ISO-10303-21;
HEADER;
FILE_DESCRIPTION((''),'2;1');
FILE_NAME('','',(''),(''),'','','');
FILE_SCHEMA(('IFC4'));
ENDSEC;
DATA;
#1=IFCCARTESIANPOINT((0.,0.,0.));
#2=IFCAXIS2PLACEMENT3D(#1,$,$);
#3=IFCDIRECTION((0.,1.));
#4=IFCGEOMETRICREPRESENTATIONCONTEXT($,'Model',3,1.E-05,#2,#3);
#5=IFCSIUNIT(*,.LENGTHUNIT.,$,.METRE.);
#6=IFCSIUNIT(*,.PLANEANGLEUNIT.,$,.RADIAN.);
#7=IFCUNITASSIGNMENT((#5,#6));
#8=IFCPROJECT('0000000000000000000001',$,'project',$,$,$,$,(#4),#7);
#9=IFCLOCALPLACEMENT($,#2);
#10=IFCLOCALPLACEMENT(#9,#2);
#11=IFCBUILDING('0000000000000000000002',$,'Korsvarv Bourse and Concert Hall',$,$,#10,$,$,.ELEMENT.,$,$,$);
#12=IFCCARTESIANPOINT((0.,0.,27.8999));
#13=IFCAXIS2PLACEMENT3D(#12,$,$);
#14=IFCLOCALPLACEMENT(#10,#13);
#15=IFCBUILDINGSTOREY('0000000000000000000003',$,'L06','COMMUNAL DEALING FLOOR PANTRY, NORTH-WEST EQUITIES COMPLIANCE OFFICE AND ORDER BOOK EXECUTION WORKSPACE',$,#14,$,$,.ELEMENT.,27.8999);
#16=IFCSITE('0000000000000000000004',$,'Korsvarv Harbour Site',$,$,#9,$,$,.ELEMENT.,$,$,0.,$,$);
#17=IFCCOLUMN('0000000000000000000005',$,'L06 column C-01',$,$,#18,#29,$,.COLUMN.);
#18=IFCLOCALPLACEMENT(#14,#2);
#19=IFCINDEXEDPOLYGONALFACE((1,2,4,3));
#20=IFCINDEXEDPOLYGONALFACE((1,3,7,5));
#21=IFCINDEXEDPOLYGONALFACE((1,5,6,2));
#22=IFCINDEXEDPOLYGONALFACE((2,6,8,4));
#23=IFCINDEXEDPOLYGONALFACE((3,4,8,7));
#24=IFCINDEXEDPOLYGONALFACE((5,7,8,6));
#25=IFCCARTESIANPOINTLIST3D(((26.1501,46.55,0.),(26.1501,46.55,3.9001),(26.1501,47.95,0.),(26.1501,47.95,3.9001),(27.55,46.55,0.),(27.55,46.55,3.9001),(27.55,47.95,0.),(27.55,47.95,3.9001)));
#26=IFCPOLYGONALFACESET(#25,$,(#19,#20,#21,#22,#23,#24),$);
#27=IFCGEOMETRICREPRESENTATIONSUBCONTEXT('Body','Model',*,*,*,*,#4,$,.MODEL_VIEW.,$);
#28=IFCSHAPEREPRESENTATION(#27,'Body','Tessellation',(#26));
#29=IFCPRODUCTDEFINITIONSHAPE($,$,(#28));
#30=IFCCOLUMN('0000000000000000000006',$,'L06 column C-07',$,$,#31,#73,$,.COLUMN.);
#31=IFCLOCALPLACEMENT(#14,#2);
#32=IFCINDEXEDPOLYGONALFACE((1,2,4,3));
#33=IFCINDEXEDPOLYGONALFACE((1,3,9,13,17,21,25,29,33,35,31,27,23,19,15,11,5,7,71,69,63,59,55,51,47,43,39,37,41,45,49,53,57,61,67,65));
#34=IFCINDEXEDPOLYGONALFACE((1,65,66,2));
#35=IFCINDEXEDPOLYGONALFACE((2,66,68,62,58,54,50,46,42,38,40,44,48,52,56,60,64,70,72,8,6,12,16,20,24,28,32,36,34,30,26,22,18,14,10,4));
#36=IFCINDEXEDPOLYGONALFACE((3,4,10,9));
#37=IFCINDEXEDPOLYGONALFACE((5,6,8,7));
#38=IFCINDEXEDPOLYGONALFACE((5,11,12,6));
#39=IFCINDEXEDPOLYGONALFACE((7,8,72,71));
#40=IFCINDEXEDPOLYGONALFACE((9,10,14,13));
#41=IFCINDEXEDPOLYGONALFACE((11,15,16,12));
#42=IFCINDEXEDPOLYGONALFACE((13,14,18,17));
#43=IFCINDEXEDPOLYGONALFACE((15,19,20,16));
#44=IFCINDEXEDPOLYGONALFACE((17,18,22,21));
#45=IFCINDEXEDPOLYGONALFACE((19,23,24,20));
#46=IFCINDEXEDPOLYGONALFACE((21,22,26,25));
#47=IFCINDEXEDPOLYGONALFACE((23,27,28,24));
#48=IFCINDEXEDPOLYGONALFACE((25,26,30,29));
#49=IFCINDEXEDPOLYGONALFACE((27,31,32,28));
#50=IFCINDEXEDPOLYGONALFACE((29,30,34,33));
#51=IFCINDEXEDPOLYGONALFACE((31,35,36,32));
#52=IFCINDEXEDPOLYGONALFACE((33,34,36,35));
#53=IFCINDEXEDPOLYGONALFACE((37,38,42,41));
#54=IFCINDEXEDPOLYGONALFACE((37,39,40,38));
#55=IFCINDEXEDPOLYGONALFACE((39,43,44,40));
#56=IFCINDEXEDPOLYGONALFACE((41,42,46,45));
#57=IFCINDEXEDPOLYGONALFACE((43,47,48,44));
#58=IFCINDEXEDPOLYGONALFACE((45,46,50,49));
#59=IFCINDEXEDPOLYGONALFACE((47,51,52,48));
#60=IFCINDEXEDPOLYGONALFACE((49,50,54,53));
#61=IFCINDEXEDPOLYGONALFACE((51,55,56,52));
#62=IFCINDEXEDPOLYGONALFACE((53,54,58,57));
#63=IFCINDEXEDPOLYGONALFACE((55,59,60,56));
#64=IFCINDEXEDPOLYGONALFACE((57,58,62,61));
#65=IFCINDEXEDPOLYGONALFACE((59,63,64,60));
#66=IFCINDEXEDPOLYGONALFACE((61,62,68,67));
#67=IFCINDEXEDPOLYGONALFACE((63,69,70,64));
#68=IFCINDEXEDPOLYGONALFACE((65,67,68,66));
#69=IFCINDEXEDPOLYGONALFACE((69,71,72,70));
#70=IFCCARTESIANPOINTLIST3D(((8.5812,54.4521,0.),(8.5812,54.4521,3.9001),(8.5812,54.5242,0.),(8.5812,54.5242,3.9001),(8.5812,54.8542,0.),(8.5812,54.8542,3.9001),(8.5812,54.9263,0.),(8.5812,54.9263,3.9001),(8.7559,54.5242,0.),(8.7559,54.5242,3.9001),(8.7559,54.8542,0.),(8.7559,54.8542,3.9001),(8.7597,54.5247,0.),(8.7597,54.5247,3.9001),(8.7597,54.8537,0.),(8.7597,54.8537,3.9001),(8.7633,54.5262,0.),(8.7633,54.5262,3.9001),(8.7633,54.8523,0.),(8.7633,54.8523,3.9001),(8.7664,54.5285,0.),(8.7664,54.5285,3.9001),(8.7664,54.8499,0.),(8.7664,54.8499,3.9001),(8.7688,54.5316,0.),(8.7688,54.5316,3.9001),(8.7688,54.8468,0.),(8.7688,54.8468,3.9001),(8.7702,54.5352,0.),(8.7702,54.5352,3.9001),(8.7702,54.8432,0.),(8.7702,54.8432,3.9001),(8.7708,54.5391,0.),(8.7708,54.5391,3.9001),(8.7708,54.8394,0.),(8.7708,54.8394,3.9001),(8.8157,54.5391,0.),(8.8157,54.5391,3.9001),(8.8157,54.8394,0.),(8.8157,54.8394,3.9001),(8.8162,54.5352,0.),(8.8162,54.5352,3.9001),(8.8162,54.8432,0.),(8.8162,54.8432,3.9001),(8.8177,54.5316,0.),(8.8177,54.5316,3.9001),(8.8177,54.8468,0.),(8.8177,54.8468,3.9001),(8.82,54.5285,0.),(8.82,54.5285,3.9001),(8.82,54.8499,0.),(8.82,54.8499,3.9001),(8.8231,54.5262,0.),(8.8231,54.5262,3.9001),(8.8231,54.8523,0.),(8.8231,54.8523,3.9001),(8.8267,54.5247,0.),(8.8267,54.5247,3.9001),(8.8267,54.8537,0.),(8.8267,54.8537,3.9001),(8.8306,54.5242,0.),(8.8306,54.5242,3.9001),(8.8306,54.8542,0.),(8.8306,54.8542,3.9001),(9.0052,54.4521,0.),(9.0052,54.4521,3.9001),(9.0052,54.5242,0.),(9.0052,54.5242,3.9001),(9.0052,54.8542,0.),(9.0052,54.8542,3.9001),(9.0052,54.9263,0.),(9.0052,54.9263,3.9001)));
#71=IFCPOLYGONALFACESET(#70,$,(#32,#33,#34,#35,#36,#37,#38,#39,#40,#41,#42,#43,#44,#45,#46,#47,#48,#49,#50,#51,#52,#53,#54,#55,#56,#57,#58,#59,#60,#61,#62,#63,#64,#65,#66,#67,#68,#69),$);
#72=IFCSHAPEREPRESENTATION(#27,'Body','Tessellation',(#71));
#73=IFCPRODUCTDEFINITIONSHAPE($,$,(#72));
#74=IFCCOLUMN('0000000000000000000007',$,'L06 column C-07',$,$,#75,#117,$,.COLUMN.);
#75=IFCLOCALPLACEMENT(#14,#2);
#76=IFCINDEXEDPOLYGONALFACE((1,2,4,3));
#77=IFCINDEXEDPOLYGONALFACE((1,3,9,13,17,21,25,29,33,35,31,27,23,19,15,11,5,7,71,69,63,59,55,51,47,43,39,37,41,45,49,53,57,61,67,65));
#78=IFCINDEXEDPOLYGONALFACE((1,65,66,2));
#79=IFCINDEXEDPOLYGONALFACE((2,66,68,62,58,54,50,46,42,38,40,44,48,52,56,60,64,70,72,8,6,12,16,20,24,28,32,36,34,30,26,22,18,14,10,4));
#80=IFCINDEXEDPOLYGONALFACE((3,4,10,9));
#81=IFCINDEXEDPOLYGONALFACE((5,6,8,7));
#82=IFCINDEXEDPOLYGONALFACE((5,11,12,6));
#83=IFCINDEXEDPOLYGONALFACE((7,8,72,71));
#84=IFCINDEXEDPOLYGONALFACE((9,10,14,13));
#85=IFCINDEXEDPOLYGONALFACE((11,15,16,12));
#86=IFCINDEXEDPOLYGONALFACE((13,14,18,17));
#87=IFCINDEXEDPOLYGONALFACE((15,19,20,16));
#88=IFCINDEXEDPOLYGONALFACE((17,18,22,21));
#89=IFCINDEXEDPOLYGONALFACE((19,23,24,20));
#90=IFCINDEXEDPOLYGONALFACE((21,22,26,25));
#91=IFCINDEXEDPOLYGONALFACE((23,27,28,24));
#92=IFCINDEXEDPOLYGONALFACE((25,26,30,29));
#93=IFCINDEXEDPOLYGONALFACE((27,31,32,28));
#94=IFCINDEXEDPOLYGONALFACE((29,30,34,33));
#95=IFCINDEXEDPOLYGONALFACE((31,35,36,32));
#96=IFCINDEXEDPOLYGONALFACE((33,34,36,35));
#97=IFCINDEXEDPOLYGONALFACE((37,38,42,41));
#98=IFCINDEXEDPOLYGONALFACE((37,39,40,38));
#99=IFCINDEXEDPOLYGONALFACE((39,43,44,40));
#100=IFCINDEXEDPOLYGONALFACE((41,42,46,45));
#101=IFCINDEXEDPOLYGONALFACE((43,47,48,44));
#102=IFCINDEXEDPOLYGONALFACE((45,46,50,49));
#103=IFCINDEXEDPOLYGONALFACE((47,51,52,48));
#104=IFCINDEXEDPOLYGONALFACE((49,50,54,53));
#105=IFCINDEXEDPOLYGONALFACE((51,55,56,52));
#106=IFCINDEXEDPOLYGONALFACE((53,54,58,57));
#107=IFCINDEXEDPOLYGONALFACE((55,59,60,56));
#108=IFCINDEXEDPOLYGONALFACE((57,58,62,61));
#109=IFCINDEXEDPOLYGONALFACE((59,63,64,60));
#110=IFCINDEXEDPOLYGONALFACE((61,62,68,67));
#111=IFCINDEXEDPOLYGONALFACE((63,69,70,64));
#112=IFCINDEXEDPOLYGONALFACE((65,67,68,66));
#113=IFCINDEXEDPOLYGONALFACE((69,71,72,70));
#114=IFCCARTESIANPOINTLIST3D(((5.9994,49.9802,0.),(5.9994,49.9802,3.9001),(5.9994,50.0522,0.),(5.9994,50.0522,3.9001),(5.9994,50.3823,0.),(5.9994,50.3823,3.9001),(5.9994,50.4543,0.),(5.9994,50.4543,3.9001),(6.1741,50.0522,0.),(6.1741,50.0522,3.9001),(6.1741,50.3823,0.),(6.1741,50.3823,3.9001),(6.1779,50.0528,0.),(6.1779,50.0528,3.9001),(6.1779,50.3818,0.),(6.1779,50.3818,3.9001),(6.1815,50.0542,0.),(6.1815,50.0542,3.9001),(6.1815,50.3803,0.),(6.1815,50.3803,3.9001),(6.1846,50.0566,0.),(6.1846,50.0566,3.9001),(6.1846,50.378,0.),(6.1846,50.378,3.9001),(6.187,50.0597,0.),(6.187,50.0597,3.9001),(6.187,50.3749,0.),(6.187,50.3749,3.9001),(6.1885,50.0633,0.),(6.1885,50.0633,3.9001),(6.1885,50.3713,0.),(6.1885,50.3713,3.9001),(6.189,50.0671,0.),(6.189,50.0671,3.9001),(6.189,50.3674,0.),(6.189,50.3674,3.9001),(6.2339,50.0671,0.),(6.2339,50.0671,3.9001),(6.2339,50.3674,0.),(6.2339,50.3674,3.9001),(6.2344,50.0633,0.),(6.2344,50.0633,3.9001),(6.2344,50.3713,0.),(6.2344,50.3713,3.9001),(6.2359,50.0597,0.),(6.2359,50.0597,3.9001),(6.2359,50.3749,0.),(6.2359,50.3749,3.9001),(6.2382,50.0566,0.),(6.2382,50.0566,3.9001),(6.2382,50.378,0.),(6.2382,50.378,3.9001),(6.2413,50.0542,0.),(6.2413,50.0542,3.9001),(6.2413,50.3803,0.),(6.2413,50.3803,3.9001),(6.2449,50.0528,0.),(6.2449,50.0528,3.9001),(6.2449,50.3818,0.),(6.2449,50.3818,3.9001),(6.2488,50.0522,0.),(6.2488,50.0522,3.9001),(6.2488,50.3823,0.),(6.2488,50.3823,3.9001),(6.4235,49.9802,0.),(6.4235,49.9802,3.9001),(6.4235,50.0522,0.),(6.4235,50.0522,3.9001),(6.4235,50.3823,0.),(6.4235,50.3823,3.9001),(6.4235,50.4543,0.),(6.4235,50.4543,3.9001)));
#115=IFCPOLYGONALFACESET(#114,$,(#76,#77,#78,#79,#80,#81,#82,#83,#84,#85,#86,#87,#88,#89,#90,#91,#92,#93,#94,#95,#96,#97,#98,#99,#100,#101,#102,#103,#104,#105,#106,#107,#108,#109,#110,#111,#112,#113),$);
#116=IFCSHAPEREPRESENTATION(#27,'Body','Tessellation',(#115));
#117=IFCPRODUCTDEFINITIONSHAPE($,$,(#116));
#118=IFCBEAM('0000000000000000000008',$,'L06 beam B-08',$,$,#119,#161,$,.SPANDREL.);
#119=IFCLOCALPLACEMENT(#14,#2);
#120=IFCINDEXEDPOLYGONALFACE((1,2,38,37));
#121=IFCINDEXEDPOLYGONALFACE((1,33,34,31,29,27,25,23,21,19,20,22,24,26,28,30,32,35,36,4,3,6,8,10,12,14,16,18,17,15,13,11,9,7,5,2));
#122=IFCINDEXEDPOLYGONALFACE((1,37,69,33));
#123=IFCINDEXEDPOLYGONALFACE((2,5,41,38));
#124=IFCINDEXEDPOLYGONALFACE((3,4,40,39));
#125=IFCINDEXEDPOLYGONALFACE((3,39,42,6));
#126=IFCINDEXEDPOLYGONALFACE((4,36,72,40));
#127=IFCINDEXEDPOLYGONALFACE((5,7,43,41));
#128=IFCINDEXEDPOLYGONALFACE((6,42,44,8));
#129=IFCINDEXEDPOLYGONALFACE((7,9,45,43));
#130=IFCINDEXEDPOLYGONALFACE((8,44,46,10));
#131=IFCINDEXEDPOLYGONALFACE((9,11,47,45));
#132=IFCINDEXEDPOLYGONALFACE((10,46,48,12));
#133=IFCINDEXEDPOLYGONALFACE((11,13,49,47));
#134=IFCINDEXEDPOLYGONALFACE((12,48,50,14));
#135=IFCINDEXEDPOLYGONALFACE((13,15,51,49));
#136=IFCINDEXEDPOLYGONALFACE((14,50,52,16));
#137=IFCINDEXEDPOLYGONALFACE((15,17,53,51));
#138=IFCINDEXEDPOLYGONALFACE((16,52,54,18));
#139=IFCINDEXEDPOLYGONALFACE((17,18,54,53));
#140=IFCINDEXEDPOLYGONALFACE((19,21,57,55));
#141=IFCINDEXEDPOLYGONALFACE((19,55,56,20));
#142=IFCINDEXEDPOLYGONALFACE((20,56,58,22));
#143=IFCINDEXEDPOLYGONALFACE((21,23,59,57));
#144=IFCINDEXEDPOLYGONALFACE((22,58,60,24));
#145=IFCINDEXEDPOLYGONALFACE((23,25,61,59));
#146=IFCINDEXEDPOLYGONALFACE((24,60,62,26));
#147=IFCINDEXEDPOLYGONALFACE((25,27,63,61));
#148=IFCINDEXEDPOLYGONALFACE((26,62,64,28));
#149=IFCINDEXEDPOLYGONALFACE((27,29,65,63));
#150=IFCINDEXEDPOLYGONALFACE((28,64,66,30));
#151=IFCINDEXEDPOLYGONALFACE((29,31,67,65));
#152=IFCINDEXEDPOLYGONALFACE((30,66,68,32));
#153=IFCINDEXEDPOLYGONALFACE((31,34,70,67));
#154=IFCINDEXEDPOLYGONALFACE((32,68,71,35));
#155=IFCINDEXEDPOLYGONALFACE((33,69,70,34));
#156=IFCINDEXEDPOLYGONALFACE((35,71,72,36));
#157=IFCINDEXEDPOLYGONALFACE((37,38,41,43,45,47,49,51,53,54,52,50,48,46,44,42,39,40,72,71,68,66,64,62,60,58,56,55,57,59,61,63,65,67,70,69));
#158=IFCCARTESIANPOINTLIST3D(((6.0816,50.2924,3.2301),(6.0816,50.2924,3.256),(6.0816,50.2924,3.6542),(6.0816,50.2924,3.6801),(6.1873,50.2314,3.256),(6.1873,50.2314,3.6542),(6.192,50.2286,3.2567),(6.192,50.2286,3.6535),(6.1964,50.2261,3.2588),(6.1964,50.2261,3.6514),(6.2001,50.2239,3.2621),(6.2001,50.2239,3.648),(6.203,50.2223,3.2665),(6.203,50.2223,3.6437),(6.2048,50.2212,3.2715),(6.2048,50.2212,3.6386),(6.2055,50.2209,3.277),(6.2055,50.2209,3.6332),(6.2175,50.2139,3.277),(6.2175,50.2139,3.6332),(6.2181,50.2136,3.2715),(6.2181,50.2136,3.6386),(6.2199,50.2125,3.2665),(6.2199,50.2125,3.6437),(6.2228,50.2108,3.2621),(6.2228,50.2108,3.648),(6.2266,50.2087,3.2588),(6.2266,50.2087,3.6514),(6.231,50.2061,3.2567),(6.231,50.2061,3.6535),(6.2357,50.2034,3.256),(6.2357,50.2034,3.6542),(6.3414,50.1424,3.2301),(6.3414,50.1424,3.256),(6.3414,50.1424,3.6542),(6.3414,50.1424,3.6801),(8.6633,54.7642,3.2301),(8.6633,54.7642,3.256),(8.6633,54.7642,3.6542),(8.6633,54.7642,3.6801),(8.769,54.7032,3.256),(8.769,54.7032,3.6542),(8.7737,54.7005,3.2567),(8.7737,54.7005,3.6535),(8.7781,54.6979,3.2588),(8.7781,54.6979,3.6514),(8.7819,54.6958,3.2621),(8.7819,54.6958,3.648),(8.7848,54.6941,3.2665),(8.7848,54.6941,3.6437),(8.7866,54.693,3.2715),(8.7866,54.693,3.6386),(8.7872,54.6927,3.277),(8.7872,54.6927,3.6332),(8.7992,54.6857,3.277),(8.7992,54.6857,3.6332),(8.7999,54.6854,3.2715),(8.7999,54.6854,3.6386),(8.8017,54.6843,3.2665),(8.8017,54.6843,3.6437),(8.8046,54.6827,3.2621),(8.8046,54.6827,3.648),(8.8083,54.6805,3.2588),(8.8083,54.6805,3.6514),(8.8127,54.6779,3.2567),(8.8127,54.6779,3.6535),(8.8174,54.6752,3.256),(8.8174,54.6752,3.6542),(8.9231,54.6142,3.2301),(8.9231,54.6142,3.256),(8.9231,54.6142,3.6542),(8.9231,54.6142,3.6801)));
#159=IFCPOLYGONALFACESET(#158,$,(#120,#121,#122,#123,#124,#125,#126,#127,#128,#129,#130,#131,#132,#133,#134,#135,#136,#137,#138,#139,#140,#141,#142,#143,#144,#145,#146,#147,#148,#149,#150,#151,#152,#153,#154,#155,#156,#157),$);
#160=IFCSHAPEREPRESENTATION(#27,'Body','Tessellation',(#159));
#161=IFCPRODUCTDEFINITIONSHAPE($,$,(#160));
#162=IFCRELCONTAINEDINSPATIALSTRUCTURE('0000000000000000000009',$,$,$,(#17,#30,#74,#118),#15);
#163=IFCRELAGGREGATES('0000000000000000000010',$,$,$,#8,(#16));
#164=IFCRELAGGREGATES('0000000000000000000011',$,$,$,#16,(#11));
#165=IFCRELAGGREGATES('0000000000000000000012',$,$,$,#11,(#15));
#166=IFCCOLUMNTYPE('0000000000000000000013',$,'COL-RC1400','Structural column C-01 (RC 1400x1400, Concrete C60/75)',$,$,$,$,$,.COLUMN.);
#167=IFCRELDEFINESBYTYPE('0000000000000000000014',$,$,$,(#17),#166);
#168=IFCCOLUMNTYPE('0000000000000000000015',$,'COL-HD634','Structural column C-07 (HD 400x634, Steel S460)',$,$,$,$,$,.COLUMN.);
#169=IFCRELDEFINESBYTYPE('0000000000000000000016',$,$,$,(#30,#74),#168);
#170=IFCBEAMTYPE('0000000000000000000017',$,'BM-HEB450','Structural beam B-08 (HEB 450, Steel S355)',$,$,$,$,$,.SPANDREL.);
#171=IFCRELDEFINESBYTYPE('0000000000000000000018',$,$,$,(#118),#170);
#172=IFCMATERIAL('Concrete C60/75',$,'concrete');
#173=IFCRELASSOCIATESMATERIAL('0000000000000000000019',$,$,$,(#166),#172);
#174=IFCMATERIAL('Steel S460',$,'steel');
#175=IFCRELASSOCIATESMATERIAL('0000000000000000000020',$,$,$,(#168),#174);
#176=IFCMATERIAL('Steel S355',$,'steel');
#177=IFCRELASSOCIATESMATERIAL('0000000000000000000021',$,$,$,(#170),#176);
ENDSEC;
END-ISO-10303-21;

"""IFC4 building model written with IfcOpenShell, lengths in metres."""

from ifc_helpers import new_model, si_unit, direction, frame, origin, origin_2d, place, context, subcontext, project, spatial, rectangle, i_section, extrude, source, transform, mapped, material, material_profile, profile_set, type_object, element, save


model = new_model("IFC4")

# Units and contexts
model_context = context("Model", 3, precision=1e-05, world=origin(), true_north=direction((0.0, 1.0)))
body_context = subcontext(model_context, "Body", "Model", "MODEL_VIEW")
ifc_project = project(units=[si_unit("LENGTHUNIT", "METRE"), si_unit("PLANEANGLEUNIT", "RADIAN")], contexts=[model_context])

# Site, building, storey
site_placement = place(None, origin())
site = spatial("IfcSite", under=ifc_project, at=site_placement, Name="Korsvarv Harbour Site", CompositionType="ELEMENT", RefElevation=0.0)
building_placement = place(site_placement, origin())
building = spatial("IfcBuilding", under=site, at=building_placement, Name="Korsvarv Bourse and Concert Hall", CompositionType="ELEMENT")
storey_placement = place(building_placement, frame((0.0, 0.0, 27.8999)))
storey = spatial("IfcBuildingStorey", under=building, at=storey_placement, Name="L06", Description="COMMUNAL DEALING FLOOR PANTRY, NORTH-WEST EQUITIES COMPLIANCE OFFICE AND ORDER BOOK EXECUTION WORKSPACE", CompositionType="ELEMENT", Elevation=27.8999)

# Columns
ifc_material_1 = material(Name="Concrete C60/75", Category="concrete")
ifc_material_profile_1 = material_profile(ifc_material_1, rectangle(XDim=1.3999, YDim=1.3999, at=origin_2d()), Name="RC 1400x1400")
ifc_profile_set_1 = profile_set([ifc_material_profile_1], Name="Concrete C60/75")
column_type_1 = type_object("IfcColumnType", Name="COL-RC1400", Description="Structural column C-01 (RC 1400x1400, Concrete C60/75)", PredefinedType="COLUMN", material=ifc_profile_set_1)
shared_shape_1 = source(origin(), body_context, "Body", "SweptSolid", [
    extrude(rectangle(XDim=1.3999, YDim=1.3999, at=origin_2d()), origin(), (0.0, 0.0, 1.0), 3.9001),
])
column_placement = place(storey_placement, frame((26.8501, 47.25, 0.0), z_axis=(0.0, 0.0, 1.0), x_axis=(1.0, 0.0, 0.0)))
element("IfcColumn", 1, at=column_placement, inside=storey, type_object=column_type_1, Name="L06 column C-01", PredefinedType="COLUMN", context=body_context, shape_type="MappedRepresentation", body=[
    mapped(shared_shape_1, transform((0.0, 0.0, 0.0), scale=1.0)),
])
ifc_material_2 = material(Name="Steel S460", Category="steel")
ifc_material_profile_2 = material_profile(ifc_material_2, i_section(OverallWidth=0.4241, OverallDepth=0.4741, WebThickness=0.0449, FlangeThickness=0.072, FilletRadius=0.0149, at=origin_2d()), Name="HD 400x634")
ifc_profile_set_2 = profile_set([ifc_material_profile_2], Name="Steel S460")
column_type_2 = type_object("IfcColumnType", Name="COL-HD634", Description="Structural column C-07 (HD 400x634, Steel S460)", PredefinedType="COLUMN", material=ifc_profile_set_2)
shared_shape_2 = source(origin(), body_context, "Body", "SweptSolid", [
    extrude(i_section(OverallWidth=0.4241, OverallDepth=0.4741, WebThickness=0.0449, FlangeThickness=0.072, FilletRadius=0.0149, at=origin_2d()), origin(), (0.0, 0.0, 1.0), 3.9001),
])
for number, where, z_axis, x_axis, name in (
    (2, (8.7932, 54.6892, 0.0), (0.0, 0.0, 1.0), (1.0, 0.0, 0.0), "L06 column C-07"),
    (3, (6.2114, 50.2173, 0.0), (0.0, 0.0, 1.0), (1.0, 0.0, 0.0), "L06 column C-07"),
):
    element("IfcColumn", number, at=place(storey_placement, frame(where, z_axis=z_axis, x_axis=x_axis)), inside=storey, type_object=column_type_2, Name=name, PredefinedType="COLUMN", context=body_context, shape_type="MappedRepresentation", body=[
        mapped(shared_shape_2, transform((0.0, 0.0, 0.0), scale=1.0)),
    ])

# Beam
ifc_material_3 = material(Name="Steel S355", Category="steel")
ifc_material_profile_3 = material_profile(ifc_material_3, i_section(OverallWidth=0.3, OverallDepth=0.45, WebThickness=0.0139, FlangeThickness=0.0259, FilletRadius=0.021, at=origin_2d()), Name="HEB 450")
ifc_profile_set_3 = profile_set([ifc_material_profile_3], Name="Steel S355")
beam_type_1 = type_object("IfcBeamType", Name="BM-HEB450", Description="Structural beam B-08 (HEB 450, Steel S355)", PredefinedType="SPANDREL", material=ifc_profile_set_3)
shared_shape_3 = source(origin(), body_context, "Body", "SweptSolid", [
    extrude(i_section(OverallWidth=0.3, OverallDepth=0.45, WebThickness=0.0139, FlangeThickness=0.0259, FilletRadius=0.021, at=origin_2d()), origin(), (0.0, 0.0, 1.0), 5.1636),
])
beam_1_placement = place(storey_placement, frame((8.7932, 54.6892, 3.4551), z_axis=(-0.499988, -0.866032, 0.0), x_axis=(0.866032, -0.499988, 0.0)))
element("IfcBeam", 4, at=beam_1_placement, inside=storey, type_object=beam_type_1, Name="L06 beam B-08", PredefinedType="SPANDREL", context=body_context, shape_type="MappedRepresentation", body=[
    mapped(shared_shape_3, transform((0.0, 0.0, 0.0), scale=1.0)),
])

save(model, "model.ifc")
